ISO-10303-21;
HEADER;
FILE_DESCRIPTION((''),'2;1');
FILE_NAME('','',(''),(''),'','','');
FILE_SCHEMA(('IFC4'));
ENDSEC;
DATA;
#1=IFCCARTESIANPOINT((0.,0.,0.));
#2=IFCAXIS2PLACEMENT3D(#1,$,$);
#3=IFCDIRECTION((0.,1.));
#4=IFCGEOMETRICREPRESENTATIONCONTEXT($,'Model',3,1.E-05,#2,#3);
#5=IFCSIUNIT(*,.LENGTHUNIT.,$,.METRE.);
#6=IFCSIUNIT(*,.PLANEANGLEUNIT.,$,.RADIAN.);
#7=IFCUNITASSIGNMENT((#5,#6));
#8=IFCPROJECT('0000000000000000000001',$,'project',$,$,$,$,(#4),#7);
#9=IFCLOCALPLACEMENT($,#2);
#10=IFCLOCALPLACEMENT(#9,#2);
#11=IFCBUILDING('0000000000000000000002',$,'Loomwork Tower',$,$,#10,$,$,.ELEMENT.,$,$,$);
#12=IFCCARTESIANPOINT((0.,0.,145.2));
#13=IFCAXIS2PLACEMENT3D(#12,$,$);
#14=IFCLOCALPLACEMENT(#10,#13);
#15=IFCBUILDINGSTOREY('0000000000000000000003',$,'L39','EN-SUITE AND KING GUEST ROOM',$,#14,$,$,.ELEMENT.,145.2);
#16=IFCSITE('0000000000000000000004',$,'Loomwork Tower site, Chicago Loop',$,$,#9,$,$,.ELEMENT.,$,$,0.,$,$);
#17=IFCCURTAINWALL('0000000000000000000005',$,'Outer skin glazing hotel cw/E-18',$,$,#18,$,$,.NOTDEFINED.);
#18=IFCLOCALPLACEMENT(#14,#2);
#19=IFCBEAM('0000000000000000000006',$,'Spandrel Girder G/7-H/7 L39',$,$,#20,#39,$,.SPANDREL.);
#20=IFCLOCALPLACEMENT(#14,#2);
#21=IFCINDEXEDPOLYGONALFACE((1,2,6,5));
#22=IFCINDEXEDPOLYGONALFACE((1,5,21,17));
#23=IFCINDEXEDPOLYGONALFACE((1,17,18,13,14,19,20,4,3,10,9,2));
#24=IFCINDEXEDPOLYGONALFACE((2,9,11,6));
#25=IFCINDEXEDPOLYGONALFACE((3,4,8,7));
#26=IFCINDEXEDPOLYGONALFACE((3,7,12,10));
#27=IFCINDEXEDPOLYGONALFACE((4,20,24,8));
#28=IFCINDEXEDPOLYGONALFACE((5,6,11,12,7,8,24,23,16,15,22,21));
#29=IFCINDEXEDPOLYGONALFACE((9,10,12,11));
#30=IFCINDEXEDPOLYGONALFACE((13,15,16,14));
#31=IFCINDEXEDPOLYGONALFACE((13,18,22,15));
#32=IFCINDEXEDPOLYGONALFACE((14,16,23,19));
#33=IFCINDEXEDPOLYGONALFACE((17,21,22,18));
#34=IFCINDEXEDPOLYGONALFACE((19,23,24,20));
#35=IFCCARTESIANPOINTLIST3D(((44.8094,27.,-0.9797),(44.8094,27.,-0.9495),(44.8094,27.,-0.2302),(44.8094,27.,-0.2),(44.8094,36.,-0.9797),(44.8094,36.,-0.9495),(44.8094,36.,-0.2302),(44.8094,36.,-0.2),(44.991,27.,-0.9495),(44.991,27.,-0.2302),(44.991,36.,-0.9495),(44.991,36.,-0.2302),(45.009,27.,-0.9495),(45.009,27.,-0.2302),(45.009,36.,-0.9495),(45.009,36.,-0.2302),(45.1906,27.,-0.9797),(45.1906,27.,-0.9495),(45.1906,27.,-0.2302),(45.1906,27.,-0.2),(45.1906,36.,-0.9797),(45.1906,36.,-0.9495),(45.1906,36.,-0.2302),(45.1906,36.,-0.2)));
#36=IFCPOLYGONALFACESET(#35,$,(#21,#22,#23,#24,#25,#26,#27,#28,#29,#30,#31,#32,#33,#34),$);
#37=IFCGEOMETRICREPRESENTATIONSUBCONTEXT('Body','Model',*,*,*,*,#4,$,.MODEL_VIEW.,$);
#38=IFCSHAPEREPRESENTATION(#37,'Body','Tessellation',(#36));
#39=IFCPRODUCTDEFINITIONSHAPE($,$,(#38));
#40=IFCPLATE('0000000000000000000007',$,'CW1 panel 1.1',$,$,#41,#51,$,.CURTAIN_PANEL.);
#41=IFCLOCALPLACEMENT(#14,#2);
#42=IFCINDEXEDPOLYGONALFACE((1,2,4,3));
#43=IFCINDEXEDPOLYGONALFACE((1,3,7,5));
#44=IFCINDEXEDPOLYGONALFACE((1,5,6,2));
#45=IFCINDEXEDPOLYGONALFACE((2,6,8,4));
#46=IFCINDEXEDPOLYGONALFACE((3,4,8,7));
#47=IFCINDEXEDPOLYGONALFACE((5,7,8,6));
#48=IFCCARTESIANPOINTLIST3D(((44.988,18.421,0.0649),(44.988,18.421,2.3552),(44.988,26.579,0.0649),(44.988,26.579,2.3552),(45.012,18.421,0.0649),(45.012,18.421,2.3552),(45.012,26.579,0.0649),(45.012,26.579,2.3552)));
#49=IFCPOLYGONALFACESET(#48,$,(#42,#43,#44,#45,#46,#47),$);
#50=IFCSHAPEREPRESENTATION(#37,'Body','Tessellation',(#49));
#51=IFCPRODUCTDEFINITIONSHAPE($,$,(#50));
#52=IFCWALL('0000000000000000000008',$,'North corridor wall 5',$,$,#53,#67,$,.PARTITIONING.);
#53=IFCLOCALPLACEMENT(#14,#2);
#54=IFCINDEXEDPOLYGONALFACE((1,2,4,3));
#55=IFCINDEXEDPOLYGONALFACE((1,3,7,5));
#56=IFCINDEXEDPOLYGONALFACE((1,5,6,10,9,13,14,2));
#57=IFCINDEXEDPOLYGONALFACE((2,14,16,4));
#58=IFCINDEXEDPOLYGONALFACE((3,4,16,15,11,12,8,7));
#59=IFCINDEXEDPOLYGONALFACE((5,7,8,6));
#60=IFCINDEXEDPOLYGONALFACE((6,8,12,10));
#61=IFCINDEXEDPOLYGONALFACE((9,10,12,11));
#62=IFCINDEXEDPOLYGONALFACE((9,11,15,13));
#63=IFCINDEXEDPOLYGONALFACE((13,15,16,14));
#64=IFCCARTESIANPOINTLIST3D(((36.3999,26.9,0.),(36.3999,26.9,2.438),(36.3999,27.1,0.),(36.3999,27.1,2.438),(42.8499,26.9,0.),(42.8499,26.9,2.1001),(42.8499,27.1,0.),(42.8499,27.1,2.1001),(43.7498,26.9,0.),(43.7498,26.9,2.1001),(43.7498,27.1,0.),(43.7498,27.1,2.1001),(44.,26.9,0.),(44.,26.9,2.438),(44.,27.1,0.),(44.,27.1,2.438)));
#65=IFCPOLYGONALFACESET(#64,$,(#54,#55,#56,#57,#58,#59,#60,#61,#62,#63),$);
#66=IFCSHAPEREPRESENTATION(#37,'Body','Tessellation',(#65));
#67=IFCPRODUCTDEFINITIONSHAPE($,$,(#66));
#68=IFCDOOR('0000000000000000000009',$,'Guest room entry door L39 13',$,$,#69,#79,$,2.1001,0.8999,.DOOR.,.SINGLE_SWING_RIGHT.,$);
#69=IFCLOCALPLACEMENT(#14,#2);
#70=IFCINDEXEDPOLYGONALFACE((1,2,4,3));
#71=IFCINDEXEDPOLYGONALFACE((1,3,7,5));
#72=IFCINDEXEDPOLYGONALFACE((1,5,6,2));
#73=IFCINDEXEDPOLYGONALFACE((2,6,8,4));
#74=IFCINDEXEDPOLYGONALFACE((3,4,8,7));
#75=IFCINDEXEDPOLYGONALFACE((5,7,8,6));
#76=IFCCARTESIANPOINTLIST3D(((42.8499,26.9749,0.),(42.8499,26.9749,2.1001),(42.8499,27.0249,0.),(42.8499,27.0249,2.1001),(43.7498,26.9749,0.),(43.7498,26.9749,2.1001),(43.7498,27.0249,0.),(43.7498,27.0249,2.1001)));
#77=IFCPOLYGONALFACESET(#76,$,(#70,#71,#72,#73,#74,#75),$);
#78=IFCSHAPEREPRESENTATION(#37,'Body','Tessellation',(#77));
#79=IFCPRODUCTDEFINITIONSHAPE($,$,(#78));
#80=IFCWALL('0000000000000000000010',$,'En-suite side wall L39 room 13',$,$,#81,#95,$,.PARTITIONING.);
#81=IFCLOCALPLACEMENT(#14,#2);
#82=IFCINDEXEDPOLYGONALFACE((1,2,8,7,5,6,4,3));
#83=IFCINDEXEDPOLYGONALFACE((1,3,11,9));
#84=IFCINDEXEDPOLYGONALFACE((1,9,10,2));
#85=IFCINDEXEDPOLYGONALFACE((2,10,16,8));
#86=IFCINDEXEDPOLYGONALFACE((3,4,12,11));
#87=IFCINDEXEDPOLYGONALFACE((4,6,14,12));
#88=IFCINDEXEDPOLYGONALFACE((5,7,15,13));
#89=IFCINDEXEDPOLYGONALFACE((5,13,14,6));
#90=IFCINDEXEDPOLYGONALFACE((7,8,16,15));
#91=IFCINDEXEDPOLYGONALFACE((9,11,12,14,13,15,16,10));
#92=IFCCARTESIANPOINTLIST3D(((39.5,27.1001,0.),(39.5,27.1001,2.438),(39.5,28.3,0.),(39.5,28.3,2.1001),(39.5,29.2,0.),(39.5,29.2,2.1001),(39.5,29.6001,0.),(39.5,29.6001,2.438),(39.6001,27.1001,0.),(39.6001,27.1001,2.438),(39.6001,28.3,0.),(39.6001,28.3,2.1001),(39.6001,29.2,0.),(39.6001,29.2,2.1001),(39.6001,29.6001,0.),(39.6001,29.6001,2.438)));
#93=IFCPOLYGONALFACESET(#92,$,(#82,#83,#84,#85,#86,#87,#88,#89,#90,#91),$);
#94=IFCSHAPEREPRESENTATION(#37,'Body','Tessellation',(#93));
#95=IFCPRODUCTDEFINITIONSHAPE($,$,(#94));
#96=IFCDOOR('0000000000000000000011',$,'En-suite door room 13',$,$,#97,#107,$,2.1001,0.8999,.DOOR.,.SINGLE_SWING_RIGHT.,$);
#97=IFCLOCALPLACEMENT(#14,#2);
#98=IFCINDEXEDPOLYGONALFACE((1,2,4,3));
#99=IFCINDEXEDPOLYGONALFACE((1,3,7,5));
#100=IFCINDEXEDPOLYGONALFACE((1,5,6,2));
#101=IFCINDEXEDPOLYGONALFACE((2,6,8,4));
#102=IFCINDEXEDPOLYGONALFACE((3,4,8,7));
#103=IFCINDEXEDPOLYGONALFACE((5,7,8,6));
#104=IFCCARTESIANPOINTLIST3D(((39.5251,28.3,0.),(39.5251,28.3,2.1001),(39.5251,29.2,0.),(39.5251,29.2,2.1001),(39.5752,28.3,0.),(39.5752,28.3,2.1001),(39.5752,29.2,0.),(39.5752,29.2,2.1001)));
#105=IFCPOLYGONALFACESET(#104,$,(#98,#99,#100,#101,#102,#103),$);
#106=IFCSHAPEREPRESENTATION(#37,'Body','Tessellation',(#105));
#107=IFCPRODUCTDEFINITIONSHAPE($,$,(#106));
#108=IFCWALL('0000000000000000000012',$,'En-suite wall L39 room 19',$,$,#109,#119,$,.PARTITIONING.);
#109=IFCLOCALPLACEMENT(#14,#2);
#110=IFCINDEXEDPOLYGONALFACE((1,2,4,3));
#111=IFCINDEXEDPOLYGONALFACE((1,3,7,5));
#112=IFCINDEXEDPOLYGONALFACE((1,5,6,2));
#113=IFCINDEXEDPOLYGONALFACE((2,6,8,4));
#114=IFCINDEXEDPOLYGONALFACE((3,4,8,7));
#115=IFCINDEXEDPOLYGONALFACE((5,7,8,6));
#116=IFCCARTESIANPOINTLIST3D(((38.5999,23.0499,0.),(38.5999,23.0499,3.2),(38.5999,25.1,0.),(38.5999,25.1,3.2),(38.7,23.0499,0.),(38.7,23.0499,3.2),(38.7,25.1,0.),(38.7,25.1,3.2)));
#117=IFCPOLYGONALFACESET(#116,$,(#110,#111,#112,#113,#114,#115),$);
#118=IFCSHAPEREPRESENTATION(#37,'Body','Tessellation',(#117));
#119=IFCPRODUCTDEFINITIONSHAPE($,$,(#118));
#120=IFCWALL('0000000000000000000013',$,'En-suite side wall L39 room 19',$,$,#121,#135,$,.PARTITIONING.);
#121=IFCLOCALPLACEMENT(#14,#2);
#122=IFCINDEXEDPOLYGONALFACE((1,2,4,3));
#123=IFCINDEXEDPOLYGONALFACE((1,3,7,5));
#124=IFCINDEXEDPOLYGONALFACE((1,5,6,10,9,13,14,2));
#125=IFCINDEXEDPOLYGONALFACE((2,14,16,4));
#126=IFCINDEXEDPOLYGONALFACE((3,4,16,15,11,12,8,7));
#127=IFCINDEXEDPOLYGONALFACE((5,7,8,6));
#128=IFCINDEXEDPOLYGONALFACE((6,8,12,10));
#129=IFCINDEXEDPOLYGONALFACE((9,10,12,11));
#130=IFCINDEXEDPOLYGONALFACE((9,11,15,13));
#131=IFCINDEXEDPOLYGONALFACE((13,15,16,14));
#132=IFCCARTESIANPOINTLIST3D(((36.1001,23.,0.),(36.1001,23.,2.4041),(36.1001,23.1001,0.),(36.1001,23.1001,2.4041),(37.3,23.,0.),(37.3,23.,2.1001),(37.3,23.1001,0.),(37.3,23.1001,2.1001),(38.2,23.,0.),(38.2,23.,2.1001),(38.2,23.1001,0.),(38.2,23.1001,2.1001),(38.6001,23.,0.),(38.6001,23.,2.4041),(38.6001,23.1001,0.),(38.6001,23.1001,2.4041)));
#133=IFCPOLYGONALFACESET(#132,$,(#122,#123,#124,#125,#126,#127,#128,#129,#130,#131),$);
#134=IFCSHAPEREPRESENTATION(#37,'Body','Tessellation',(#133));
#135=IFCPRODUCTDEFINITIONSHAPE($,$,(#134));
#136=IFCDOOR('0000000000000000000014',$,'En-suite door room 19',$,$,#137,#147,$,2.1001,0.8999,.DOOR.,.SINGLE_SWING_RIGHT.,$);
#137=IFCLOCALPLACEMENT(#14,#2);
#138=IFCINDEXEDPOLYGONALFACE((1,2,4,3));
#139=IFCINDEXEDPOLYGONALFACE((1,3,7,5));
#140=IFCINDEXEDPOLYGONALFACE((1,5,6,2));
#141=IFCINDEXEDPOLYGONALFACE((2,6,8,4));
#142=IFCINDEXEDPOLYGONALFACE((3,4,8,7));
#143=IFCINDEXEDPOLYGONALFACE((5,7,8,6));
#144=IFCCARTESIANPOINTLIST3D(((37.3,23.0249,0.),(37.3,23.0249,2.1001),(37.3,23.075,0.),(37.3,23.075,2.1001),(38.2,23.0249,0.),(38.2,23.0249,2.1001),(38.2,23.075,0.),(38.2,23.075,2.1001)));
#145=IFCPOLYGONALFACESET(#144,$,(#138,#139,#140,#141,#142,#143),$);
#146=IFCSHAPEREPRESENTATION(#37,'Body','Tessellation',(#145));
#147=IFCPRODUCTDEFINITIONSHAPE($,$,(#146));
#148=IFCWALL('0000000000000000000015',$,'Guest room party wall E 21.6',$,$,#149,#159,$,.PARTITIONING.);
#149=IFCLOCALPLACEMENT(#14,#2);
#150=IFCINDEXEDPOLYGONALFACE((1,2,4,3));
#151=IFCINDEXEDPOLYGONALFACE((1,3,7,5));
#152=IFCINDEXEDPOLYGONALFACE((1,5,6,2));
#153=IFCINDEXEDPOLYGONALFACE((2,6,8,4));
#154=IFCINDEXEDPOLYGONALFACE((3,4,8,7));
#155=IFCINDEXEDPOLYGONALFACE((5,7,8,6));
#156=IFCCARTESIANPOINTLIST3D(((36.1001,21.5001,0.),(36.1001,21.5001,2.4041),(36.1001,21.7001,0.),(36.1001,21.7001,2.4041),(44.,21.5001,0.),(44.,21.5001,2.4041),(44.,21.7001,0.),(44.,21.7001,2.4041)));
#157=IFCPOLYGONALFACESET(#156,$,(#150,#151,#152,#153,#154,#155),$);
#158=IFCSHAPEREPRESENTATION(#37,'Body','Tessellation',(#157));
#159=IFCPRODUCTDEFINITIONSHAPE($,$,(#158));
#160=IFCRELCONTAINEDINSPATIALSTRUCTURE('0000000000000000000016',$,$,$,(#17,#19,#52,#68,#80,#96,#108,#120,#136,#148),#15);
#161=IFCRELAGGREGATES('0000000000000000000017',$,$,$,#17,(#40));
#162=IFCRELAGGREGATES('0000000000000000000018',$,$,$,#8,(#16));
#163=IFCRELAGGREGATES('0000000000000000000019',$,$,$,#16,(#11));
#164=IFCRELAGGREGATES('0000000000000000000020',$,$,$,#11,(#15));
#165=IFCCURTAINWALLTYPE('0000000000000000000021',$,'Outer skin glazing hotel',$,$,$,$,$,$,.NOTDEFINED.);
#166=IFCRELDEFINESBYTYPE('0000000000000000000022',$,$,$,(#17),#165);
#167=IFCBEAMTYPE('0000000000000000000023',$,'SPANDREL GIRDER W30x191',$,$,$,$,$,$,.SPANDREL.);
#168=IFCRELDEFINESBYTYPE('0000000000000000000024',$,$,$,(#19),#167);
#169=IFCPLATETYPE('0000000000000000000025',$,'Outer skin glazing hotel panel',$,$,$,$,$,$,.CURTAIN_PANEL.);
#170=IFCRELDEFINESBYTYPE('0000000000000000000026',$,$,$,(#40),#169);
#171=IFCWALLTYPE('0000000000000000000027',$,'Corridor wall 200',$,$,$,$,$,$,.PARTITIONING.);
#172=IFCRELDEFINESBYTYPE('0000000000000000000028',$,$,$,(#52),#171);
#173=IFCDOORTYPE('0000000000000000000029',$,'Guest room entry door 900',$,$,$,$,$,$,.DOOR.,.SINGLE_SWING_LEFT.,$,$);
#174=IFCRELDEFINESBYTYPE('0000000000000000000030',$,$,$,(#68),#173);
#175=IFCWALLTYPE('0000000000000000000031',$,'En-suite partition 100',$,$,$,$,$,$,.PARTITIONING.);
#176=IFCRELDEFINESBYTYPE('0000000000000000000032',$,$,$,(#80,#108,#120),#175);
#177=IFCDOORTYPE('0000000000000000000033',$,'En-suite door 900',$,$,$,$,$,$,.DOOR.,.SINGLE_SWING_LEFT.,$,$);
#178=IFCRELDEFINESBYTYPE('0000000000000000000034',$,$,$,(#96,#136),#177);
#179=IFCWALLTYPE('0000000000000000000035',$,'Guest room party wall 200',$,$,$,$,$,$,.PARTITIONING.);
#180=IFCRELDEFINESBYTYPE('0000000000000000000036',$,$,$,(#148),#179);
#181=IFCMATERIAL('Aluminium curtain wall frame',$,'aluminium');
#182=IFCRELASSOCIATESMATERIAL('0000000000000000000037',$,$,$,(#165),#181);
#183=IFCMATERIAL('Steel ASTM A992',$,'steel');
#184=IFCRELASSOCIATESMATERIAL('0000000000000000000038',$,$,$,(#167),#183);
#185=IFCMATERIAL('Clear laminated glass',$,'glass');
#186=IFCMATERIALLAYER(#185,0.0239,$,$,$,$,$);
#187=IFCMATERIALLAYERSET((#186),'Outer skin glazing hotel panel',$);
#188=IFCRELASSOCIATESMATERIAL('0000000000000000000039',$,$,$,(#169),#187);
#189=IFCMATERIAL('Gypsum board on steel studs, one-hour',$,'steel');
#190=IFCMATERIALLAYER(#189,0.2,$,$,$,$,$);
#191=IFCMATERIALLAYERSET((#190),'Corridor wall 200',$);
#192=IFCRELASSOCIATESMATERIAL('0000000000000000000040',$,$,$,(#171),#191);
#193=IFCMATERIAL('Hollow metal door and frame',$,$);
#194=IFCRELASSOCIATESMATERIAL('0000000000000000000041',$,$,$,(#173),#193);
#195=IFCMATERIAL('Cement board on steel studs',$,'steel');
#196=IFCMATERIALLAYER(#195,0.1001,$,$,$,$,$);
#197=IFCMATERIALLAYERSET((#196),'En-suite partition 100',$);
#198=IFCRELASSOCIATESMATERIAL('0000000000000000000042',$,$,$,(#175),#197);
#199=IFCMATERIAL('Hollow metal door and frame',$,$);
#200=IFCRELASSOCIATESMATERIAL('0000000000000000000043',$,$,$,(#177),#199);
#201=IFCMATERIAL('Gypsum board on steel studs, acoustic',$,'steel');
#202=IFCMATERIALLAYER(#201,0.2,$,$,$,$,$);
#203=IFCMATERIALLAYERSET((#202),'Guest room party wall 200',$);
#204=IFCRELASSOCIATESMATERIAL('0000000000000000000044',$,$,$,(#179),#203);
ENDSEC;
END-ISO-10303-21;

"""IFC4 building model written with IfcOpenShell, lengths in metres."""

from ifc_helpers import new_model, si_unit, direction, frame, frame_2d, origin, origin_2d, place, context, subcontext, project, spatial, rectangle, i_section, extrude, material, layer, layer_set, material_profile, profile_set, type_object, element, fill, aggregate, save


model = new_model("IFC4")

# Units and contexts
model_context = context("Model", 3, precision=1e-05, world=origin(), true_north=direction((0.0, 1.0)))
body_context = subcontext(model_context, "Body", "Model", "MODEL_VIEW")
ifc_project = project(units=[si_unit("LENGTHUNIT", "METRE"), si_unit("PLANEANGLEUNIT", "RADIAN")], contexts=[model_context])

# Site, building, storey
site_placement = place(None, origin())
site = spatial("IfcSite", under=ifc_project, at=site_placement, Name="Loomwork Tower site, Chicago Loop", CompositionType="ELEMENT", RefElevation=0.0)
building_placement = place(site_placement, origin())
building = spatial("IfcBuilding", under=site, at=building_placement, Name="Loomwork Tower", CompositionType="ELEMENT")
storey_placement = place(building_placement, frame((0.0, 0.0, 145.2)))
storey = spatial("IfcBuildingStorey", under=building, at=storey_placement, Name="L39", Description="EN-SUITE AND KING GUEST ROOM", CompositionType="ELEMENT", Elevation=145.2)

# Curtain wall
ifc_material_1 = material(Name="Aluminium curtain wall frame", Category="aluminium")
curtain_wall_type = type_object("IfcCurtainWallType", Name="Outer skin glazing hotel", PredefinedType="NOTDEFINED", material=ifc_material_1)
curtain_wall_1_placement = place(storey_placement, origin())
curtain_wall_1 = element("IfcCurtainWall", 1, at=curtain_wall_1_placement, inside=storey, type_object=curtain_wall_type, Name="Outer skin glazing hotel cw/E-18", PredefinedType="NOTDEFINED")

# Beam
ifc_material_2 = material(Name="Steel ASTM A992", Category="steel")
ifc_material_profile_1 = material_profile(ifc_material_2, i_section(OverallWidth=0.3811, OverallDepth=0.7798, WebThickness=0.0181, FlangeThickness=0.0303, at=origin_2d()), Name="W30x191")
ifc_profile_set_1 = profile_set([ifc_material_profile_1], Name="Steel ASTM A992")
beam_type_1 = type_object("IfcBeamType", Name="SPANDREL GIRDER W30x191", PredefinedType="SPANDREL", material=ifc_profile_set_1)
beam_1_placement = place(storey_placement, frame((45.0, 27.0, -0.5898), z_axis=(0.0, 1.0, 0.0), x_axis=(-1.0, 0.0, 0.0)))
element("IfcBeam", 2, at=beam_1_placement, inside=storey, type_object=beam_type_1, Name="Spandrel Girder G/7-H/7 L39", PredefinedType="SPANDREL", context=body_context, shape_type="SweptSolid", body=[
    extrude(i_section(OverallWidth=0.3811, OverallDepth=0.7798, WebThickness=0.0181, FlangeThickness=0.0303, at=origin_2d()), origin(), (0.0, 0.0, 1.0), 9.0),
])

# Plate
ifc_material_3 = material(Name="Clear laminated glass", Category="glass")
ifc_layer_1 = layer(ifc_material_3, 0.0239)
ifc_layer_set_1 = layer_set([ifc_layer_1], Name="Outer skin glazing hotel panel")
plate_type = type_object("IfcPlateType", Name="Outer skin glazing hotel panel", PredefinedType="CURTAIN_PANEL", material=ifc_layer_set_1)
plate_placement = place(storey_placement, frame((45.0, 22.5, 0.0649), z_axis=(0.0, 0.0, 1.0), x_axis=(0.0, 1.0, 0.0)))
plate = element("IfcPlate", 3, at=plate_placement, type_object=plate_type, Name="CW1 panel 1.1", PredefinedType="CURTAIN_PANEL", context=body_context, shape_type="SweptSolid", body=[
    extrude(rectangle(XDim=8.158, YDim=0.0239, at=origin_2d()), origin(), (0.0, 0.0, 1.0), 2.2903),
])
aggregate(curtain_wall_1, [plate])

# Walls, openings, doors
ifc_material_4 = material(Name="Gypsum board on steel studs, one-hour", Category="steel")
ifc_layer_2 = layer(ifc_material_4, 0.2)
ifc_layer_set_2 = layer_set([ifc_layer_2], Name="Corridor wall 200")
wall_type_1 = type_object("IfcWallType", Name="Corridor wall 200", PredefinedType="PARTITIONING", material=ifc_layer_set_2)
wall_1_placement = place(storey_placement, frame((36.3999, 27.0, 0.0), z_axis=(0.0, 0.0, 1.0), x_axis=(1.0, 0.0, 0.0)))
wall_1 = element("IfcWall", 4, at=wall_1_placement, inside=storey, type_object=wall_type_1, Name="North corridor wall 5", PredefinedType="PARTITIONING", context=body_context, shape_type="SweptSolid", body=[
    extrude(rectangle(XDim=7.6001, YDim=0.2, at=frame_2d((3.8, 0.0))), origin(), (0.0, 0.0, 1.0), 2.438),
])
opening_1_placement = place(wall_1_placement, frame((6.45, 0.0, 0.0)))
opening_1 = element("IfcOpeningElement", 5, at=opening_1_placement, cuts=wall_1, PredefinedType="OPENING", context=body_context, shape_type="SweptSolid", body=[
    extrude(rectangle(XDim=0.8999, YDim=2.1001, at=frame_2d((0.45, 1.05))), frame((0.0, 0.1099, 0.0), z_axis=(0.0, -1.0, 0.0), x_axis=(1.0, 0.0, 0.0)), (0.0, 0.0, 1.0), 0.22),
])
ifc_material_5 = material(Name="Hollow metal door and frame")
door_type_1 = type_object("IfcDoorType", Name="Guest room entry door 900", OperationType="SINGLE_SWING_LEFT", PredefinedType="DOOR", material=ifc_material_5)
door_1_placement = place(opening_1_placement, origin())
door_1 = element("IfcDoor", 6, at=door_1_placement, inside=storey, type_object=door_type_1, Name="Guest room entry door L39 13", OperationType="SINGLE_SWING_RIGHT", OverallHeight=2.1001, OverallWidth=0.8999, PredefinedType="DOOR", context=body_context, shape_type="SweptSolid", body=[
    extrude(rectangle(XDim=0.8999, YDim=2.1001, at=frame_2d((0.45, 1.05))), frame((0.0, 0.0249, 0.0), z_axis=(0.0, -1.0, 0.0), x_axis=(1.0, 0.0, 0.0)), (0.0, 0.0, 1.0), 0.05),
])
fill(opening_1, door_1)
ifc_material_6 = material(Name="Cement board on steel studs", Category="steel")
ifc_layer_3 = layer(ifc_material_6, 0.1001)
ifc_layer_set_3 = layer_set([ifc_layer_3], Name="En-suite partition 100")
wall_type_2 = type_object("IfcWallType", Name="En-suite partition 100", PredefinedType="PARTITIONING", material=ifc_layer_set_3)
wall_2_placement = place(storey_placement, frame((39.55, 27.1001, 0.0), z_axis=(0.0, 0.0, 1.0), x_axis=(0.0, 1.0, 0.0)))
wall_2 = element("IfcWall", 7, at=wall_2_placement, inside=storey, type_object=wall_type_2, Name="En-suite side wall L39 room 13", PredefinedType="PARTITIONING", context=body_context, shape_type="SweptSolid", body=[
    extrude(rectangle(XDim=2.5, YDim=0.1001, at=frame_2d((1.25, 0.0))), origin(), (0.0, 0.0, 1.0), 2.438),
])
opening_2_placement = place(wall_2_placement, frame((1.2, 0.0, 0.0)))
opening_2 = element("IfcOpeningElement", 8, at=opening_2_placement, cuts=wall_2, PredefinedType="OPENING", context=body_context, shape_type="SweptSolid", body=[
    extrude(rectangle(XDim=0.8999, YDim=2.1001, at=frame_2d((0.45, 1.05))), frame((0.0, 0.0601, 0.0), z_axis=(0.0, -1.0, 0.0), x_axis=(1.0, 0.0, 0.0)), (0.0, 0.0, 1.0), 0.1201),
])
ifc_material_7 = material(Name="Hollow metal door and frame")
door_type_2 = type_object("IfcDoorType", Name="En-suite door 900", OperationType="SINGLE_SWING_LEFT", PredefinedType="DOOR", material=ifc_material_7)
door_2_placement = place(opening_2_placement, origin())
door_2 = element("IfcDoor", 9, at=door_2_placement, inside=storey, type_object=door_type_2, Name="En-suite door room 13", OperationType="SINGLE_SWING_RIGHT", OverallHeight=2.1001, OverallWidth=0.8999, PredefinedType="DOOR", context=body_context, shape_type="SweptSolid", body=[
    extrude(rectangle(XDim=0.8999, YDim=2.1001, at=frame_2d((0.45, 1.05))), frame((0.0, 0.0249, 0.0), z_axis=(0.0, -1.0, 0.0), x_axis=(1.0, 0.0, 0.0)), (0.0, 0.0, 1.0), 0.05),
])
fill(opening_2, door_2)

# Wall
wall_3_placement = place(storey_placement, frame((38.6499, 23.05, 0.0), z_axis=(0.0, 0.0, 1.0), x_axis=(0.0, 1.0, 0.0)))
element("IfcWall", 10, at=wall_3_placement, inside=storey, type_object=wall_type_2, Name="En-suite wall L39 room 19", PredefinedType="PARTITIONING", context=body_context, shape_type="SweptSolid", body=[
    extrude(rectangle(XDim=2.05, YDim=0.1001, at=frame_2d((1.0249, 0.0))), origin(), (0.0, 0.0, 1.0), 3.2),
])

# Wall, opening, door
wall_4_placement = place(storey_placement, frame((36.1001, 23.05, 0.0), z_axis=(0.0, 0.0, 1.0), x_axis=(1.0, 0.0, 0.0)))
wall_4 = element("IfcWall", 11, at=wall_4_placement, inside=storey, type_object=wall_type_2, Name="En-suite side wall L39 room 19", PredefinedType="PARTITIONING", context=body_context, shape_type="SweptSolid", body=[
    extrude(rectangle(XDim=2.5, YDim=0.1001, at=frame_2d((1.25, 0.0))), origin(), (0.0, 0.0, 1.0), 2.4041),
])
opening_3_placement = place(wall_4_placement, frame((1.2, 0.0, 0.0)))
opening_3 = element("IfcOpeningElement", 12, at=opening_3_placement, cuts=wall_4, PredefinedType="OPENING", context=body_context, shape_type="SweptSolid", body=[
    extrude(rectangle(XDim=0.8999, YDim=2.1001, at=frame_2d((0.45, 1.05))), frame((0.0, 0.0601, 0.0), z_axis=(0.0, -1.0, 0.0), x_axis=(1.0, 0.0, 0.0)), (0.0, 0.0, 1.0), 0.1201),
])
door_3_placement = place(opening_3_placement, origin())
door_3 = element("IfcDoor", 13, at=door_3_placement, inside=storey, type_object=door_type_2, Name="En-suite door room 19", OperationType="SINGLE_SWING_RIGHT", OverallHeight=2.1001, OverallWidth=0.8999, PredefinedType="DOOR", context=body_context, shape_type="SweptSolid", body=[
    extrude(rectangle(XDim=0.8999, YDim=2.1001, at=frame_2d((0.45, 1.05))), frame((0.0, 0.0249, 0.0), z_axis=(0.0, -1.0, 0.0), x_axis=(1.0, 0.0, 0.0)), (0.0, 0.0, 1.0), 0.05),
])
fill(opening_3, door_3)

# Wall
ifc_material_8 = material(Name="Gypsum board on steel studs, acoustic", Category="steel")
ifc_layer_4 = layer(ifc_material_8, 0.2)
ifc_layer_set_4 = layer_set([ifc_layer_4], Name="Guest room party wall 200")
wall_type_3 = type_object("IfcWallType", Name="Guest room party wall 200", PredefinedType="PARTITIONING", material=ifc_layer_set_4)
wall_5_placement = place(storey_placement, frame((36.1001, 21.6001, 0.0), z_axis=(0.0, 0.0, 1.0), x_axis=(1.0, 0.0, 0.0)))
element("IfcWall", 14, at=wall_5_placement, inside=storey, type_object=wall_type_3, Name="Guest room party wall E 21.6", PredefinedType="PARTITIONING", context=body_context, shape_type="SweptSolid", body=[
    extrude(rectangle(XDim=7.8999, YDim=0.2, at=frame_2d((3.95, 0.0))), origin(), (0.0, 0.0, 1.0), 2.4041),
])

save(model, "model.ifc")
